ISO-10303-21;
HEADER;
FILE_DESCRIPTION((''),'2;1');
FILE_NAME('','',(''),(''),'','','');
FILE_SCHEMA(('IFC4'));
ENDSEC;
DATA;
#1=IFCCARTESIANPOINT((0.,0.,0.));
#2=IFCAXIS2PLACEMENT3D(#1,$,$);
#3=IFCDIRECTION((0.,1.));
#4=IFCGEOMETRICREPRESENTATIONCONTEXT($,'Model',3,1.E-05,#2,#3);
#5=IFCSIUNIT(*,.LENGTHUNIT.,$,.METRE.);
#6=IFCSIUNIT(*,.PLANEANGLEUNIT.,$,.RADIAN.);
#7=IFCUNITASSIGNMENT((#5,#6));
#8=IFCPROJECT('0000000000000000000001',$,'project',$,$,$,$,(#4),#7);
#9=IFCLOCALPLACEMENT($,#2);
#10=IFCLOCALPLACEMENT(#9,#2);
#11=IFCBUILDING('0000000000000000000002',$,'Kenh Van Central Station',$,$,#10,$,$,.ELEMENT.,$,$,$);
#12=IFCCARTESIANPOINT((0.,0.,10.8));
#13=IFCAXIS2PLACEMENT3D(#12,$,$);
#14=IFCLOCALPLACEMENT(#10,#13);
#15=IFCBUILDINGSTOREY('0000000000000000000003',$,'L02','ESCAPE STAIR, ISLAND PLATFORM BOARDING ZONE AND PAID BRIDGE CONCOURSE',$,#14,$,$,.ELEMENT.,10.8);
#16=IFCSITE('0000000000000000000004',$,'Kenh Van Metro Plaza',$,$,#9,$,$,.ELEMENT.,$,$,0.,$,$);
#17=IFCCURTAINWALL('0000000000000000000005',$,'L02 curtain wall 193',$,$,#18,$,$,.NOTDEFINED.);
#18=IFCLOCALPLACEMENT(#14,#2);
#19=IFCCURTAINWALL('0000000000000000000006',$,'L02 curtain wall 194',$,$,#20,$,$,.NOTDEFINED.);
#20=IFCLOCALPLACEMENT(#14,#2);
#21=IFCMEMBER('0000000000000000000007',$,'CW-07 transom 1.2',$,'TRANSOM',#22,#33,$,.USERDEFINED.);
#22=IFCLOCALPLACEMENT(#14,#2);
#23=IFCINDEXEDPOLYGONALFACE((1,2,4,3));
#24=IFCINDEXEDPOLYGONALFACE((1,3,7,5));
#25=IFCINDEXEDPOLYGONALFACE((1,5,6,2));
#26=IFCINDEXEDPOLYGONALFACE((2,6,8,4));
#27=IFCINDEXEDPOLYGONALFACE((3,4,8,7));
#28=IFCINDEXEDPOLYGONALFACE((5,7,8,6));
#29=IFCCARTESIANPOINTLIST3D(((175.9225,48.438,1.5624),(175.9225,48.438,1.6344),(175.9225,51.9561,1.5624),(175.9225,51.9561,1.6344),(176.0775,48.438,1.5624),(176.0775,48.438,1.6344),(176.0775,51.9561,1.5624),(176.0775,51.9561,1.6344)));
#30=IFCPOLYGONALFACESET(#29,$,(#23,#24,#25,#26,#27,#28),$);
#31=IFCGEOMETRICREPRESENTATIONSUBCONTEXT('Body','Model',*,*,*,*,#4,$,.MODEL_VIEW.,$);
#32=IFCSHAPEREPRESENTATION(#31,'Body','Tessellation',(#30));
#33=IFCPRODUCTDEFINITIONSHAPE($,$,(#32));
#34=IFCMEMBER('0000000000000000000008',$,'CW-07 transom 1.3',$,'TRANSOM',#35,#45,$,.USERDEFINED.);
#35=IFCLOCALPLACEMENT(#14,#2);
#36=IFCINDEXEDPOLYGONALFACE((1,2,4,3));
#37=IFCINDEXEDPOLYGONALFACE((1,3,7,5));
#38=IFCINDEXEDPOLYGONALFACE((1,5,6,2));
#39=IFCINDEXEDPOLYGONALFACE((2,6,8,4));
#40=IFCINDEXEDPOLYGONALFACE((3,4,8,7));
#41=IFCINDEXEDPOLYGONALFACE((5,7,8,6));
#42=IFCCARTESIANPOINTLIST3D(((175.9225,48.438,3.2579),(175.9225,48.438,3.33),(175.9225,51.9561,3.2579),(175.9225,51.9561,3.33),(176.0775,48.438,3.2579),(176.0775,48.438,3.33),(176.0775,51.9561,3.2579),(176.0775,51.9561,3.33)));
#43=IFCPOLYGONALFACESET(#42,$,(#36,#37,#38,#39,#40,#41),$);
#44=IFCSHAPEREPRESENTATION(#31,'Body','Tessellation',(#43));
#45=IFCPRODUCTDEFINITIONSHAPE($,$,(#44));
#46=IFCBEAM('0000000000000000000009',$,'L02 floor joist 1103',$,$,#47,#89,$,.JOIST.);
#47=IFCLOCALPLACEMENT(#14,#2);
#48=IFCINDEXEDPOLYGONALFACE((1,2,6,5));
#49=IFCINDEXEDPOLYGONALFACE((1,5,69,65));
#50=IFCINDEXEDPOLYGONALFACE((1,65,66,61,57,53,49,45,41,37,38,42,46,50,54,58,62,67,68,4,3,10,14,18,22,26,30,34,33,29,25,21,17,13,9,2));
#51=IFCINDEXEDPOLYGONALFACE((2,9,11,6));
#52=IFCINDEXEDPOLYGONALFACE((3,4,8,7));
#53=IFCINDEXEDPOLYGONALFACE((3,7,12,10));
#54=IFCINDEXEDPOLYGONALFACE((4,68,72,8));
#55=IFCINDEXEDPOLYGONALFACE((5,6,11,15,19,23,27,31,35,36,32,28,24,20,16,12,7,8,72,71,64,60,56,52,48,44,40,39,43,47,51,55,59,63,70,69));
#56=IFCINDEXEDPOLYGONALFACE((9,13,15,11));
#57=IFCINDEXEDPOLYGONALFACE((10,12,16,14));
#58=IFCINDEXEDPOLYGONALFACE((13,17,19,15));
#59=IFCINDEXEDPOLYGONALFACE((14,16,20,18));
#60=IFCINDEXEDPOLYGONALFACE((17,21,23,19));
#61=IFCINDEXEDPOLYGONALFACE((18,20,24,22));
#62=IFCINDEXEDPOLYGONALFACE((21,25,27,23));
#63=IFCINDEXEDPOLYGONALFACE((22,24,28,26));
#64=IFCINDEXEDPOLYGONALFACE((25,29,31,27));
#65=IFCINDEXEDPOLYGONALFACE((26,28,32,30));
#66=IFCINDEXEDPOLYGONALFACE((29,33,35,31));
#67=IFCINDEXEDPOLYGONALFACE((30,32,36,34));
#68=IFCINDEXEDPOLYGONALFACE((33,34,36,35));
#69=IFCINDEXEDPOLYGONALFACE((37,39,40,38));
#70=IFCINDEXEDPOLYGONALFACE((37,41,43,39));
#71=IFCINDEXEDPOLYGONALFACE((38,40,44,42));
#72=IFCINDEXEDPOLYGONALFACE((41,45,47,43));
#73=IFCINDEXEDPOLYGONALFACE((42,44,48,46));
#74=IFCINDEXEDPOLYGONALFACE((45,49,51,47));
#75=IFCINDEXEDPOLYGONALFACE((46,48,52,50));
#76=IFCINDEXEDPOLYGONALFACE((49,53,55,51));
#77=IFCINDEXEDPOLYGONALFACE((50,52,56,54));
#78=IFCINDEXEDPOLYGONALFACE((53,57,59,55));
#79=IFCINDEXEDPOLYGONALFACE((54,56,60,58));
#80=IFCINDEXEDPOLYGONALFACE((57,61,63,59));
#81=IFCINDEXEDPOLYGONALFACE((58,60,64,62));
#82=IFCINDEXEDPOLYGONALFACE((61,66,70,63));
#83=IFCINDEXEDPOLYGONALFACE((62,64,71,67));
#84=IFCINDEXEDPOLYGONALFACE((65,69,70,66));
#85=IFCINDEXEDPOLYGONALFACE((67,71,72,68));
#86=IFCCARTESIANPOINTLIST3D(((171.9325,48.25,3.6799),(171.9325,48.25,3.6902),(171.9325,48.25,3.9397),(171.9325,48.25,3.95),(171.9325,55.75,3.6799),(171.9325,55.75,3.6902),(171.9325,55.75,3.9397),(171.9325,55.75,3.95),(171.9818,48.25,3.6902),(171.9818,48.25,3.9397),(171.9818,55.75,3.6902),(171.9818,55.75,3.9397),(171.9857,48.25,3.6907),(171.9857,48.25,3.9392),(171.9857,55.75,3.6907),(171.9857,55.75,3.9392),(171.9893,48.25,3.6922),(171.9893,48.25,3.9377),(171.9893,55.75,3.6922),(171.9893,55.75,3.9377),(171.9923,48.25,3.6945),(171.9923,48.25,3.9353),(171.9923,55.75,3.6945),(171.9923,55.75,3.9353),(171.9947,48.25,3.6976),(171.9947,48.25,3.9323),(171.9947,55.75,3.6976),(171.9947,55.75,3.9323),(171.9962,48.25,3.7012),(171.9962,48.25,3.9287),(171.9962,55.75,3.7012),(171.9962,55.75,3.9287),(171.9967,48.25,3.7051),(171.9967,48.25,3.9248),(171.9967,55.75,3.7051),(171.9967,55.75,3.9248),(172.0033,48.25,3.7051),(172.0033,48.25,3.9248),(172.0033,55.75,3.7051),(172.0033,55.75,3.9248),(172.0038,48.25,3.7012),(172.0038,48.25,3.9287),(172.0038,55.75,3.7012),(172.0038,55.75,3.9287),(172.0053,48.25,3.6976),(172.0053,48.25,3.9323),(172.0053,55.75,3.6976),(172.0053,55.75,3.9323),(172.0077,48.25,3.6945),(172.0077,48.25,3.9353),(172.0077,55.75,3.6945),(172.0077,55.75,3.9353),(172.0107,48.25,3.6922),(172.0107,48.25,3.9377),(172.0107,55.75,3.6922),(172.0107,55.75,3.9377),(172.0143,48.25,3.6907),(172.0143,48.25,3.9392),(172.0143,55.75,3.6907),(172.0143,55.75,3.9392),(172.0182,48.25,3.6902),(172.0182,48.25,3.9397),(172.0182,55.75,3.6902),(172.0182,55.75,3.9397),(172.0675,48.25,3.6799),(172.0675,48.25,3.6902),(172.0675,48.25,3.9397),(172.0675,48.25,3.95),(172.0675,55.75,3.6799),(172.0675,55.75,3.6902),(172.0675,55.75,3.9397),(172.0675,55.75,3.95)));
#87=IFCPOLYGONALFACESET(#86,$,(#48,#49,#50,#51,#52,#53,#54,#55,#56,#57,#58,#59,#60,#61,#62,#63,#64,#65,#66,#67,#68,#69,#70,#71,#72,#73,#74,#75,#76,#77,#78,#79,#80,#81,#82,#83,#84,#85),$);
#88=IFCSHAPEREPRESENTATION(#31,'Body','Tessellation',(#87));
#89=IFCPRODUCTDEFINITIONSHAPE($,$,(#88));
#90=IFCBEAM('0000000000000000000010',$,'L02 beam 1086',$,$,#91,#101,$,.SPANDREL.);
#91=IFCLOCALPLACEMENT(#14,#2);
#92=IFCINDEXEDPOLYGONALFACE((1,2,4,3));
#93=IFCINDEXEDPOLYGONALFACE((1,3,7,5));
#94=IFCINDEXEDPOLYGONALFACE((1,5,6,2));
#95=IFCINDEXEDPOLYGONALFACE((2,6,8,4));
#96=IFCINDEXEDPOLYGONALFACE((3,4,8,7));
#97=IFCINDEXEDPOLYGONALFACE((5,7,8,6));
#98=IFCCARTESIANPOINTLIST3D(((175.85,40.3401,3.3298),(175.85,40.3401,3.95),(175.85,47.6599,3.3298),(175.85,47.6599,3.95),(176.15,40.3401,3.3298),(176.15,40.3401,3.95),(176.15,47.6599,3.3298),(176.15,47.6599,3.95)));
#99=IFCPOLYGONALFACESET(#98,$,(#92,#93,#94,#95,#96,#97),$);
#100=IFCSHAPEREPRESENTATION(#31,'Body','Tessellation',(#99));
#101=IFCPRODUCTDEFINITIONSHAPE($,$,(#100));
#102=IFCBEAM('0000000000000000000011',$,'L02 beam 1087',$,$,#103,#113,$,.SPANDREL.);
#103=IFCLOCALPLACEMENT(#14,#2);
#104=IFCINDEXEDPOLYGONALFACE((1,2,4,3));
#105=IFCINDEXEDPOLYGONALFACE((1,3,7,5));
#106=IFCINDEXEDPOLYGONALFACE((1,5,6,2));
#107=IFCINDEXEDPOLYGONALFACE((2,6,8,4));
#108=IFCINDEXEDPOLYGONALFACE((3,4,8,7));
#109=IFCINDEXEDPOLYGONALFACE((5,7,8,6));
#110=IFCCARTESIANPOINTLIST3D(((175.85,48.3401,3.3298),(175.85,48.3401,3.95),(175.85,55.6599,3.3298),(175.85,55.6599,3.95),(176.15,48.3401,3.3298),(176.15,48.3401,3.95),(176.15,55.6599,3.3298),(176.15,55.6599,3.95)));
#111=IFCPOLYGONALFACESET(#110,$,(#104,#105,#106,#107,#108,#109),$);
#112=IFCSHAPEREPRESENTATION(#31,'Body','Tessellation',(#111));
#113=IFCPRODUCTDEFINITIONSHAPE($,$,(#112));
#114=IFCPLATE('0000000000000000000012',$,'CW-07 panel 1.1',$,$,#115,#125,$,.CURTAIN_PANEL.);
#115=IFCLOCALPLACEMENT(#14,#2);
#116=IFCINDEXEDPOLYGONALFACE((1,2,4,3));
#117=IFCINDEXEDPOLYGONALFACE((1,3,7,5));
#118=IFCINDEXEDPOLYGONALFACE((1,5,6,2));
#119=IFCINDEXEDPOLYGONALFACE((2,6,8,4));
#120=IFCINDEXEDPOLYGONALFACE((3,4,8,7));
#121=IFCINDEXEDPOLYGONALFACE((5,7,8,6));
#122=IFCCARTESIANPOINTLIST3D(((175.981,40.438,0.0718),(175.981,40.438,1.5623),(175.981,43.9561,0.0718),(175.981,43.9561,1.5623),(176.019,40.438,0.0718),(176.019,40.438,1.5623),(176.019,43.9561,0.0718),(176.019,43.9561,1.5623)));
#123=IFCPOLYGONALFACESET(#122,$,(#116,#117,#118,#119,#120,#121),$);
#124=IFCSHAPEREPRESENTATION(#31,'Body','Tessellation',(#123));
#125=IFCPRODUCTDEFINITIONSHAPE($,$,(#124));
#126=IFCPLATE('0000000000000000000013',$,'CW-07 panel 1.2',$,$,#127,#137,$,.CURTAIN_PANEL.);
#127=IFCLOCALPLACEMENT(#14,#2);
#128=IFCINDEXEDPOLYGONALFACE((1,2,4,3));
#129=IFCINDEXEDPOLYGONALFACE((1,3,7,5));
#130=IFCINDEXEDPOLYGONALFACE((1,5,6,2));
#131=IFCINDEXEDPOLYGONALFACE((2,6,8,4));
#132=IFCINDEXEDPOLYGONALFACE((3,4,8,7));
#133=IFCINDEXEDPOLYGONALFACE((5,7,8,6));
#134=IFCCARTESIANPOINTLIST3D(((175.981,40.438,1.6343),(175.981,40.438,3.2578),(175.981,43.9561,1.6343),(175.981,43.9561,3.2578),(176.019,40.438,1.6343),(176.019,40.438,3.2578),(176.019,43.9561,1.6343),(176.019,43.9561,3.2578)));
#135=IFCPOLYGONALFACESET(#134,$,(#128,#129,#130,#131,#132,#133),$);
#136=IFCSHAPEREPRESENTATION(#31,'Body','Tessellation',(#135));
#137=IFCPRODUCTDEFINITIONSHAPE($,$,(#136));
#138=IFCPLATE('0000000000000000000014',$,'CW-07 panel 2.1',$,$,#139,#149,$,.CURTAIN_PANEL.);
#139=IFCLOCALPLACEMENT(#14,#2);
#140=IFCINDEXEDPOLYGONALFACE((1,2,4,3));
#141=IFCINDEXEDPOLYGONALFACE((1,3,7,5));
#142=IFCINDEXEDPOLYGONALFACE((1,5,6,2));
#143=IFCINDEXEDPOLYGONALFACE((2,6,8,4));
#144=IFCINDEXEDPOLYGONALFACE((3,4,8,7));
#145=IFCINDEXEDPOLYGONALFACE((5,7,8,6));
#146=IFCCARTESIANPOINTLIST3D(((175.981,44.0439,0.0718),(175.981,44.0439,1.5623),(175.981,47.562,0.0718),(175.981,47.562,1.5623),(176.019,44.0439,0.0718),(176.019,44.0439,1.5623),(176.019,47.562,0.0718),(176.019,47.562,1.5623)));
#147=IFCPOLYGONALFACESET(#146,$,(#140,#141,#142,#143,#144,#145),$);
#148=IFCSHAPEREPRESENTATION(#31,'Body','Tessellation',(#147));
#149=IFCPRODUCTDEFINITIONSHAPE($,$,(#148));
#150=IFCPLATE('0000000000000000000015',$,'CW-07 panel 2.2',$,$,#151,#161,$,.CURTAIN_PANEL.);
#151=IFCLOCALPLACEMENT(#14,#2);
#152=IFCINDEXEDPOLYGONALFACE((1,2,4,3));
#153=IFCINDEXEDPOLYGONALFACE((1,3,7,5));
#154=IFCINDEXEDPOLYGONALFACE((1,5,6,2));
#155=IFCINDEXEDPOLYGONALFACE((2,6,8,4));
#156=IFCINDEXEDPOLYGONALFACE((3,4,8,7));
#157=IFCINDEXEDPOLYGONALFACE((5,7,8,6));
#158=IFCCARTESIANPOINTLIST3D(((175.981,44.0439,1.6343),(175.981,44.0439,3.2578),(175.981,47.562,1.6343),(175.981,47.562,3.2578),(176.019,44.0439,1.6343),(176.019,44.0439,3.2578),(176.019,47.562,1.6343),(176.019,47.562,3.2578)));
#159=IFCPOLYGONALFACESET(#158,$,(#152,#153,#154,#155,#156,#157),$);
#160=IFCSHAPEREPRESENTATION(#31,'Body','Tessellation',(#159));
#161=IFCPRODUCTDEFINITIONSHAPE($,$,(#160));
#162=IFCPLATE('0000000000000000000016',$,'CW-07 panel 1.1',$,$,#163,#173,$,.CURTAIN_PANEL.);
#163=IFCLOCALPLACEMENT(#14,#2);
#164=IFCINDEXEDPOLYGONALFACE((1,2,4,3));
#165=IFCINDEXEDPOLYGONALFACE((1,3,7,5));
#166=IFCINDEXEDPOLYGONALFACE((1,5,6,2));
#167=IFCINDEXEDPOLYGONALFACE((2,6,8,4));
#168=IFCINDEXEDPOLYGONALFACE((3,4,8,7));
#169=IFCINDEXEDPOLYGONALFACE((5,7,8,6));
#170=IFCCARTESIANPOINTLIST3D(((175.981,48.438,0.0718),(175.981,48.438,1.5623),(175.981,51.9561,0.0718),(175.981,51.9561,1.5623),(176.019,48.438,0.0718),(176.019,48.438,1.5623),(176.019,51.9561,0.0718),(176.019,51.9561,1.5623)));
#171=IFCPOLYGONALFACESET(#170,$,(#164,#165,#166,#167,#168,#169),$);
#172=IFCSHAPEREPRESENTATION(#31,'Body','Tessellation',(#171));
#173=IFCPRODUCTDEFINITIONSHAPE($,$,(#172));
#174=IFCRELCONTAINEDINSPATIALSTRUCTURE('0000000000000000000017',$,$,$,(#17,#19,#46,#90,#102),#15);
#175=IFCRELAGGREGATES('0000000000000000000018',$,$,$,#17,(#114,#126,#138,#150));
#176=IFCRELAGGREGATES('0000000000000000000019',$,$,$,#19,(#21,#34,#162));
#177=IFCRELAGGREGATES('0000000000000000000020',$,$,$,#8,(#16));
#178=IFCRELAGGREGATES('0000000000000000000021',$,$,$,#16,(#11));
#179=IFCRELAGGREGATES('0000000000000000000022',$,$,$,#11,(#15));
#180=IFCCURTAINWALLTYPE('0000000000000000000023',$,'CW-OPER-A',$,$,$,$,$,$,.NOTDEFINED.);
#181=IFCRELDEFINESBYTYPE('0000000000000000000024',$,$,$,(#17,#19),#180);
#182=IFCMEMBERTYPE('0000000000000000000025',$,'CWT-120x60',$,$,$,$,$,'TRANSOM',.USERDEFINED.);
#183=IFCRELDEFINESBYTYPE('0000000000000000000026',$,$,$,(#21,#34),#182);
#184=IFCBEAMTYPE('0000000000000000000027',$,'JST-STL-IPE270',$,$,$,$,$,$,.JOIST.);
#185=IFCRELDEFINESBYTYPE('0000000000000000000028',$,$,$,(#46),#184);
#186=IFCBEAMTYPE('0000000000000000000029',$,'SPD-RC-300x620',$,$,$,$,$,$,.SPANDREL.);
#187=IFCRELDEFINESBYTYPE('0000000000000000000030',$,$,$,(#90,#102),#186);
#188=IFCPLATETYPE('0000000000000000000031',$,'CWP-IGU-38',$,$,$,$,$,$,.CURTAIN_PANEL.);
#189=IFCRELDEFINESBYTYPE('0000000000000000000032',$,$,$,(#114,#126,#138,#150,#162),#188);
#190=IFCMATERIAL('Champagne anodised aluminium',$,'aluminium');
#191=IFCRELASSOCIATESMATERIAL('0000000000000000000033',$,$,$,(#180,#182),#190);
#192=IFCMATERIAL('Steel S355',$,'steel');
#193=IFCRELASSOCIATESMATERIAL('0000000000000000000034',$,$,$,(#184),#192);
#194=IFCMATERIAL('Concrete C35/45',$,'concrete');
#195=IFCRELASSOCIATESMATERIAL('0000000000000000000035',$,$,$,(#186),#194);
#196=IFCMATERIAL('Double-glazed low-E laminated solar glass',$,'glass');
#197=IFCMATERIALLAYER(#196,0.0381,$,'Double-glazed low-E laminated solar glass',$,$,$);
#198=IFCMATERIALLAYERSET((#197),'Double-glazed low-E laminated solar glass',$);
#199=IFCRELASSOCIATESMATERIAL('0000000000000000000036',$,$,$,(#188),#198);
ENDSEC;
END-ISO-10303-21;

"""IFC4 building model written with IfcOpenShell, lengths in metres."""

from ifc_helpers import new_model, si_unit, direction, frame, origin, origin_2d, place, context, subcontext, project, spatial, rectangle, i_section, extrude, material, layer, layer_set, material_profile, profile_set, type_object, element, aggregate, save


model = new_model("IFC4")

# Units and contexts
model_context = context("Model", 3, precision=1e-05, world=origin(), true_north=direction((0.0, 1.0)))
body_context = subcontext(model_context, "Body", "Model", "MODEL_VIEW")
ifc_project = project(units=[si_unit("LENGTHUNIT", "METRE"), si_unit("PLANEANGLEUNIT", "RADIAN")], contexts=[model_context])

# Site, building, storey
site_placement = place(None, origin())
site = spatial("IfcSite", under=ifc_project, at=site_placement, Name="Kenh Van Metro Plaza", CompositionType="ELEMENT", RefElevation=0.0)
building_placement = place(site_placement, origin())
building = spatial("IfcBuilding", under=site, at=building_placement, Name="Kenh Van Central Station", CompositionType="ELEMENT")
storey_placement = place(building_placement, frame((0.0, 0.0, 10.8)))
storey = spatial("IfcBuildingStorey", under=building, at=storey_placement, Name="L02", Description="ESCAPE STAIR, ISLAND PLATFORM BOARDING ZONE AND PAID BRIDGE CONCOURSE", CompositionType="ELEMENT", Elevation=10.8)

# Shared definitions
ifc_material_1 = material(Name="Concrete C35/45", Category="concrete")

# Curtain wall
ifc_material_2 = material(Name="Champagne anodised aluminium", Category="aluminium")
curtain_wall_type = type_object("IfcCurtainWallType", Name="CW-OPER-A", PredefinedType="NOTDEFINED", material=ifc_material_2)
curtain_wall_1_placement = place(storey_placement, origin())
curtain_wall_1 = element("IfcCurtainWall", 1, at=curtain_wall_1_placement, inside=storey, type_object=curtain_wall_type, Name="L02 curtain wall 193", PredefinedType="NOTDEFINED")

# Curtain wall
curtain_wall_2_placement = place(storey_placement, origin())
curtain_wall_2 = element("IfcCurtainWall", 2, at=curtain_wall_2_placement, inside=storey, type_object=curtain_wall_type, Name="L02 curtain wall 194", PredefinedType="NOTDEFINED")

# Members
ifc_material_profile_1 = material_profile(ifc_material_2, rectangle(XDim=0.155, YDim=0.072, at=origin_2d()), Name="AL 155x72")
ifc_profile_set_1 = profile_set([ifc_material_profile_1], Name="Champagne anodised aluminium")
member_type_1 = type_object("IfcMemberType", Name="CWT-120x60", ElementType="TRANSOM", PredefinedType="USERDEFINED", material=ifc_profile_set_1)
member_1_placement = place(storey_placement, frame((176.0, 48.438, 1.5984), z_axis=(0.0, 1.0, 0.0), x_axis=(-1.0, 0.0, 0.0)))
member_1 = element("IfcMember", 3, at=member_1_placement, type_object=member_type_1, Name="CW-07 transom 1.2", ObjectType="TRANSOM", PredefinedType="USERDEFINED", context=body_context, shape_type="SweptSolid", body=[
    extrude(rectangle(XDim=0.155, YDim=0.072, at=origin_2d()), origin(), (0.0, 0.0, 1.0), 3.5181),
])
member_2_placement = place(storey_placement, frame((176.0, 48.438, 3.2939), z_axis=(0.0, 1.0, 0.0), x_axis=(-1.0, 0.0, 0.0)))
member_2 = element("IfcMember", 4, at=member_2_placement, type_object=member_type_1, Name="CW-07 transom 1.3", ObjectType="TRANSOM", PredefinedType="USERDEFINED", context=body_context, shape_type="SweptSolid", body=[
    extrude(rectangle(XDim=0.155, YDim=0.072, at=origin_2d()), origin(), (0.0, 0.0, 1.0), 3.5181),
])

# Beams
ifc_material_3 = material(Name="Steel S355", Category="steel")
ifc_material_profile_2 = material_profile(ifc_material_3, i_section(OverallWidth=0.135, OverallDepth=0.27, WebThickness=0.0066, FlangeThickness=0.0103, FilletRadius=0.0149, at=origin_2d()), Name="IPE 270")
ifc_profile_set_2 = profile_set([ifc_material_profile_2], Name="Steel S355")
beam_type_1 = type_object("IfcBeamType", Name="JST-STL-IPE270", PredefinedType="JOIST", material=ifc_profile_set_2)
beam_placement = place(storey_placement, frame((172.0, 48.25, 3.8149), z_axis=(0.0, 1.0, 0.0), x_axis=(-1.0, 0.0, 0.0)))
element("IfcBeam", 5, at=beam_placement, inside=storey, type_object=beam_type_1, Name="L02 floor joist 1103", PredefinedType="JOIST", context=body_context, shape_type="SweptSolid", body=[
    extrude(i_section(OverallWidth=0.135, OverallDepth=0.27, WebThickness=0.0066, FlangeThickness=0.0103, FilletRadius=0.0149, at=origin_2d()), origin(), (0.0, 0.0, 1.0), 7.5),
])
ifc_material_profile_3 = material_profile(ifc_material_1, rectangle(XDim=0.3, YDim=0.6201, at=origin_2d()), Name="RC 300x620")
ifc_profile_set_3 = profile_set([ifc_material_profile_3], Name="Concrete C35/45")
beam_type_2 = type_object("IfcBeamType", Name="SPD-RC-300x620", PredefinedType="SPANDREL", material=ifc_profile_set_3)
for number, where, z_axis, x_axis, name in (
    (6, (176.0, 40.3401, 3.6399), (0.0, 1.0, 0.0), (-1.0, 0.0, 0.0), "L02 beam 1086"),
    (7, (176.0, 48.3401, 3.6399), (0.0, 1.0, 0.0), (-1.0, 0.0, 0.0), "L02 beam 1087"),
):
    element("IfcBeam", number, at=place(storey_placement, frame(where, z_axis=z_axis, x_axis=x_axis)), inside=storey, type_object=beam_type_2, Name=name, PredefinedType="SPANDREL", context=body_context, shape_type="SweptSolid", body=[
        extrude(rectangle(XDim=0.3, YDim=0.6201, at=origin_2d()), origin(), (0.0, 0.0, 1.0), 7.3198),
    ])

# Plates
ifc_material_4 = material(Name="Double-glazed low-E laminated solar glass", Category="glass")
ifc_layer_1 = layer(ifc_material_4, 0.0381, Name="Double-glazed low-E laminated solar glass")
ifc_layer_set_1 = layer_set([ifc_layer_1], Name="Double-glazed low-E laminated solar glass")
plate_type = type_object("IfcPlateType", Name="CWP-IGU-38", PredefinedType="CURTAIN_PANEL", material=ifc_layer_set_1)
plate_1_placement = place(storey_placement, frame((176.0, 42.197, 0.0718), z_axis=(0.0, 0.0, 1.0), x_axis=(0.0, 1.0, 0.0)))
plate_1 = element("IfcPlate", 8, at=plate_1_placement, type_object=plate_type, Name="CW-07 panel 1.1", PredefinedType="CURTAIN_PANEL", context=body_context, shape_type="SweptSolid", body=[
    extrude(rectangle(XDim=3.5181, YDim=0.0381, at=origin_2d()), origin(), (0.0, 0.0, 1.0), 1.4905),
])
plate_2_placement = place(storey_placement, frame((176.0, 42.197, 1.6343), z_axis=(0.0, 0.0, 1.0), x_axis=(0.0, 1.0, 0.0)))
plate_2 = element("IfcPlate", 9, at=plate_2_placement, type_object=plate_type, Name="CW-07 panel 1.2", PredefinedType="CURTAIN_PANEL", context=body_context, shape_type="SweptSolid", body=[
    extrude(rectangle(XDim=3.5181, YDim=0.0381, at=origin_2d()), origin(), (0.0, 0.0, 1.0), 1.6235),
])
plate_3_placement = place(storey_placement, frame((176.0, 45.803, 0.0718), z_axis=(0.0, 0.0, 1.0), x_axis=(0.0, 1.0, 0.0)))
plate_3 = element("IfcPlate", 10, at=plate_3_placement, type_object=plate_type, Name="CW-07 panel 2.1", PredefinedType="CURTAIN_PANEL", context=body_context, shape_type="SweptSolid", body=[
    extrude(rectangle(XDim=3.5181, YDim=0.0381, at=origin_2d()), origin(), (0.0, 0.0, 1.0), 1.4905),
])
plate_4_placement = place(storey_placement, frame((176.0, 45.803, 1.6343), z_axis=(0.0, 0.0, 1.0), x_axis=(0.0, 1.0, 0.0)))
plate_4 = element("IfcPlate", 11, at=plate_4_placement, type_object=plate_type, Name="CW-07 panel 2.2", PredefinedType="CURTAIN_PANEL", context=body_context, shape_type="SweptSolid", body=[
    extrude(rectangle(XDim=3.5181, YDim=0.0381, at=origin_2d()), origin(), (0.0, 0.0, 1.0), 1.6235),
])
aggregate(curtain_wall_1, [plate_1, plate_2, plate_3, plate_4])
plate_5_placement = place(storey_placement, frame((176.0, 50.197, 0.0718), z_axis=(0.0, 0.0, 1.0), x_axis=(0.0, 1.0, 0.0)))
plate_5 = element("IfcPlate", 12, at=plate_5_placement, type_object=plate_type, Name="CW-07 panel 1.1", PredefinedType="CURTAIN_PANEL", context=body_context, shape_type="SweptSolid", body=[
    extrude(rectangle(XDim=3.5181, YDim=0.0381, at=origin_2d()), origin(), (0.0, 0.0, 1.0), 1.4905),
])
aggregate(curtain_wall_2, [member_1, member_2, plate_5])

save(model, "model.ifc")
